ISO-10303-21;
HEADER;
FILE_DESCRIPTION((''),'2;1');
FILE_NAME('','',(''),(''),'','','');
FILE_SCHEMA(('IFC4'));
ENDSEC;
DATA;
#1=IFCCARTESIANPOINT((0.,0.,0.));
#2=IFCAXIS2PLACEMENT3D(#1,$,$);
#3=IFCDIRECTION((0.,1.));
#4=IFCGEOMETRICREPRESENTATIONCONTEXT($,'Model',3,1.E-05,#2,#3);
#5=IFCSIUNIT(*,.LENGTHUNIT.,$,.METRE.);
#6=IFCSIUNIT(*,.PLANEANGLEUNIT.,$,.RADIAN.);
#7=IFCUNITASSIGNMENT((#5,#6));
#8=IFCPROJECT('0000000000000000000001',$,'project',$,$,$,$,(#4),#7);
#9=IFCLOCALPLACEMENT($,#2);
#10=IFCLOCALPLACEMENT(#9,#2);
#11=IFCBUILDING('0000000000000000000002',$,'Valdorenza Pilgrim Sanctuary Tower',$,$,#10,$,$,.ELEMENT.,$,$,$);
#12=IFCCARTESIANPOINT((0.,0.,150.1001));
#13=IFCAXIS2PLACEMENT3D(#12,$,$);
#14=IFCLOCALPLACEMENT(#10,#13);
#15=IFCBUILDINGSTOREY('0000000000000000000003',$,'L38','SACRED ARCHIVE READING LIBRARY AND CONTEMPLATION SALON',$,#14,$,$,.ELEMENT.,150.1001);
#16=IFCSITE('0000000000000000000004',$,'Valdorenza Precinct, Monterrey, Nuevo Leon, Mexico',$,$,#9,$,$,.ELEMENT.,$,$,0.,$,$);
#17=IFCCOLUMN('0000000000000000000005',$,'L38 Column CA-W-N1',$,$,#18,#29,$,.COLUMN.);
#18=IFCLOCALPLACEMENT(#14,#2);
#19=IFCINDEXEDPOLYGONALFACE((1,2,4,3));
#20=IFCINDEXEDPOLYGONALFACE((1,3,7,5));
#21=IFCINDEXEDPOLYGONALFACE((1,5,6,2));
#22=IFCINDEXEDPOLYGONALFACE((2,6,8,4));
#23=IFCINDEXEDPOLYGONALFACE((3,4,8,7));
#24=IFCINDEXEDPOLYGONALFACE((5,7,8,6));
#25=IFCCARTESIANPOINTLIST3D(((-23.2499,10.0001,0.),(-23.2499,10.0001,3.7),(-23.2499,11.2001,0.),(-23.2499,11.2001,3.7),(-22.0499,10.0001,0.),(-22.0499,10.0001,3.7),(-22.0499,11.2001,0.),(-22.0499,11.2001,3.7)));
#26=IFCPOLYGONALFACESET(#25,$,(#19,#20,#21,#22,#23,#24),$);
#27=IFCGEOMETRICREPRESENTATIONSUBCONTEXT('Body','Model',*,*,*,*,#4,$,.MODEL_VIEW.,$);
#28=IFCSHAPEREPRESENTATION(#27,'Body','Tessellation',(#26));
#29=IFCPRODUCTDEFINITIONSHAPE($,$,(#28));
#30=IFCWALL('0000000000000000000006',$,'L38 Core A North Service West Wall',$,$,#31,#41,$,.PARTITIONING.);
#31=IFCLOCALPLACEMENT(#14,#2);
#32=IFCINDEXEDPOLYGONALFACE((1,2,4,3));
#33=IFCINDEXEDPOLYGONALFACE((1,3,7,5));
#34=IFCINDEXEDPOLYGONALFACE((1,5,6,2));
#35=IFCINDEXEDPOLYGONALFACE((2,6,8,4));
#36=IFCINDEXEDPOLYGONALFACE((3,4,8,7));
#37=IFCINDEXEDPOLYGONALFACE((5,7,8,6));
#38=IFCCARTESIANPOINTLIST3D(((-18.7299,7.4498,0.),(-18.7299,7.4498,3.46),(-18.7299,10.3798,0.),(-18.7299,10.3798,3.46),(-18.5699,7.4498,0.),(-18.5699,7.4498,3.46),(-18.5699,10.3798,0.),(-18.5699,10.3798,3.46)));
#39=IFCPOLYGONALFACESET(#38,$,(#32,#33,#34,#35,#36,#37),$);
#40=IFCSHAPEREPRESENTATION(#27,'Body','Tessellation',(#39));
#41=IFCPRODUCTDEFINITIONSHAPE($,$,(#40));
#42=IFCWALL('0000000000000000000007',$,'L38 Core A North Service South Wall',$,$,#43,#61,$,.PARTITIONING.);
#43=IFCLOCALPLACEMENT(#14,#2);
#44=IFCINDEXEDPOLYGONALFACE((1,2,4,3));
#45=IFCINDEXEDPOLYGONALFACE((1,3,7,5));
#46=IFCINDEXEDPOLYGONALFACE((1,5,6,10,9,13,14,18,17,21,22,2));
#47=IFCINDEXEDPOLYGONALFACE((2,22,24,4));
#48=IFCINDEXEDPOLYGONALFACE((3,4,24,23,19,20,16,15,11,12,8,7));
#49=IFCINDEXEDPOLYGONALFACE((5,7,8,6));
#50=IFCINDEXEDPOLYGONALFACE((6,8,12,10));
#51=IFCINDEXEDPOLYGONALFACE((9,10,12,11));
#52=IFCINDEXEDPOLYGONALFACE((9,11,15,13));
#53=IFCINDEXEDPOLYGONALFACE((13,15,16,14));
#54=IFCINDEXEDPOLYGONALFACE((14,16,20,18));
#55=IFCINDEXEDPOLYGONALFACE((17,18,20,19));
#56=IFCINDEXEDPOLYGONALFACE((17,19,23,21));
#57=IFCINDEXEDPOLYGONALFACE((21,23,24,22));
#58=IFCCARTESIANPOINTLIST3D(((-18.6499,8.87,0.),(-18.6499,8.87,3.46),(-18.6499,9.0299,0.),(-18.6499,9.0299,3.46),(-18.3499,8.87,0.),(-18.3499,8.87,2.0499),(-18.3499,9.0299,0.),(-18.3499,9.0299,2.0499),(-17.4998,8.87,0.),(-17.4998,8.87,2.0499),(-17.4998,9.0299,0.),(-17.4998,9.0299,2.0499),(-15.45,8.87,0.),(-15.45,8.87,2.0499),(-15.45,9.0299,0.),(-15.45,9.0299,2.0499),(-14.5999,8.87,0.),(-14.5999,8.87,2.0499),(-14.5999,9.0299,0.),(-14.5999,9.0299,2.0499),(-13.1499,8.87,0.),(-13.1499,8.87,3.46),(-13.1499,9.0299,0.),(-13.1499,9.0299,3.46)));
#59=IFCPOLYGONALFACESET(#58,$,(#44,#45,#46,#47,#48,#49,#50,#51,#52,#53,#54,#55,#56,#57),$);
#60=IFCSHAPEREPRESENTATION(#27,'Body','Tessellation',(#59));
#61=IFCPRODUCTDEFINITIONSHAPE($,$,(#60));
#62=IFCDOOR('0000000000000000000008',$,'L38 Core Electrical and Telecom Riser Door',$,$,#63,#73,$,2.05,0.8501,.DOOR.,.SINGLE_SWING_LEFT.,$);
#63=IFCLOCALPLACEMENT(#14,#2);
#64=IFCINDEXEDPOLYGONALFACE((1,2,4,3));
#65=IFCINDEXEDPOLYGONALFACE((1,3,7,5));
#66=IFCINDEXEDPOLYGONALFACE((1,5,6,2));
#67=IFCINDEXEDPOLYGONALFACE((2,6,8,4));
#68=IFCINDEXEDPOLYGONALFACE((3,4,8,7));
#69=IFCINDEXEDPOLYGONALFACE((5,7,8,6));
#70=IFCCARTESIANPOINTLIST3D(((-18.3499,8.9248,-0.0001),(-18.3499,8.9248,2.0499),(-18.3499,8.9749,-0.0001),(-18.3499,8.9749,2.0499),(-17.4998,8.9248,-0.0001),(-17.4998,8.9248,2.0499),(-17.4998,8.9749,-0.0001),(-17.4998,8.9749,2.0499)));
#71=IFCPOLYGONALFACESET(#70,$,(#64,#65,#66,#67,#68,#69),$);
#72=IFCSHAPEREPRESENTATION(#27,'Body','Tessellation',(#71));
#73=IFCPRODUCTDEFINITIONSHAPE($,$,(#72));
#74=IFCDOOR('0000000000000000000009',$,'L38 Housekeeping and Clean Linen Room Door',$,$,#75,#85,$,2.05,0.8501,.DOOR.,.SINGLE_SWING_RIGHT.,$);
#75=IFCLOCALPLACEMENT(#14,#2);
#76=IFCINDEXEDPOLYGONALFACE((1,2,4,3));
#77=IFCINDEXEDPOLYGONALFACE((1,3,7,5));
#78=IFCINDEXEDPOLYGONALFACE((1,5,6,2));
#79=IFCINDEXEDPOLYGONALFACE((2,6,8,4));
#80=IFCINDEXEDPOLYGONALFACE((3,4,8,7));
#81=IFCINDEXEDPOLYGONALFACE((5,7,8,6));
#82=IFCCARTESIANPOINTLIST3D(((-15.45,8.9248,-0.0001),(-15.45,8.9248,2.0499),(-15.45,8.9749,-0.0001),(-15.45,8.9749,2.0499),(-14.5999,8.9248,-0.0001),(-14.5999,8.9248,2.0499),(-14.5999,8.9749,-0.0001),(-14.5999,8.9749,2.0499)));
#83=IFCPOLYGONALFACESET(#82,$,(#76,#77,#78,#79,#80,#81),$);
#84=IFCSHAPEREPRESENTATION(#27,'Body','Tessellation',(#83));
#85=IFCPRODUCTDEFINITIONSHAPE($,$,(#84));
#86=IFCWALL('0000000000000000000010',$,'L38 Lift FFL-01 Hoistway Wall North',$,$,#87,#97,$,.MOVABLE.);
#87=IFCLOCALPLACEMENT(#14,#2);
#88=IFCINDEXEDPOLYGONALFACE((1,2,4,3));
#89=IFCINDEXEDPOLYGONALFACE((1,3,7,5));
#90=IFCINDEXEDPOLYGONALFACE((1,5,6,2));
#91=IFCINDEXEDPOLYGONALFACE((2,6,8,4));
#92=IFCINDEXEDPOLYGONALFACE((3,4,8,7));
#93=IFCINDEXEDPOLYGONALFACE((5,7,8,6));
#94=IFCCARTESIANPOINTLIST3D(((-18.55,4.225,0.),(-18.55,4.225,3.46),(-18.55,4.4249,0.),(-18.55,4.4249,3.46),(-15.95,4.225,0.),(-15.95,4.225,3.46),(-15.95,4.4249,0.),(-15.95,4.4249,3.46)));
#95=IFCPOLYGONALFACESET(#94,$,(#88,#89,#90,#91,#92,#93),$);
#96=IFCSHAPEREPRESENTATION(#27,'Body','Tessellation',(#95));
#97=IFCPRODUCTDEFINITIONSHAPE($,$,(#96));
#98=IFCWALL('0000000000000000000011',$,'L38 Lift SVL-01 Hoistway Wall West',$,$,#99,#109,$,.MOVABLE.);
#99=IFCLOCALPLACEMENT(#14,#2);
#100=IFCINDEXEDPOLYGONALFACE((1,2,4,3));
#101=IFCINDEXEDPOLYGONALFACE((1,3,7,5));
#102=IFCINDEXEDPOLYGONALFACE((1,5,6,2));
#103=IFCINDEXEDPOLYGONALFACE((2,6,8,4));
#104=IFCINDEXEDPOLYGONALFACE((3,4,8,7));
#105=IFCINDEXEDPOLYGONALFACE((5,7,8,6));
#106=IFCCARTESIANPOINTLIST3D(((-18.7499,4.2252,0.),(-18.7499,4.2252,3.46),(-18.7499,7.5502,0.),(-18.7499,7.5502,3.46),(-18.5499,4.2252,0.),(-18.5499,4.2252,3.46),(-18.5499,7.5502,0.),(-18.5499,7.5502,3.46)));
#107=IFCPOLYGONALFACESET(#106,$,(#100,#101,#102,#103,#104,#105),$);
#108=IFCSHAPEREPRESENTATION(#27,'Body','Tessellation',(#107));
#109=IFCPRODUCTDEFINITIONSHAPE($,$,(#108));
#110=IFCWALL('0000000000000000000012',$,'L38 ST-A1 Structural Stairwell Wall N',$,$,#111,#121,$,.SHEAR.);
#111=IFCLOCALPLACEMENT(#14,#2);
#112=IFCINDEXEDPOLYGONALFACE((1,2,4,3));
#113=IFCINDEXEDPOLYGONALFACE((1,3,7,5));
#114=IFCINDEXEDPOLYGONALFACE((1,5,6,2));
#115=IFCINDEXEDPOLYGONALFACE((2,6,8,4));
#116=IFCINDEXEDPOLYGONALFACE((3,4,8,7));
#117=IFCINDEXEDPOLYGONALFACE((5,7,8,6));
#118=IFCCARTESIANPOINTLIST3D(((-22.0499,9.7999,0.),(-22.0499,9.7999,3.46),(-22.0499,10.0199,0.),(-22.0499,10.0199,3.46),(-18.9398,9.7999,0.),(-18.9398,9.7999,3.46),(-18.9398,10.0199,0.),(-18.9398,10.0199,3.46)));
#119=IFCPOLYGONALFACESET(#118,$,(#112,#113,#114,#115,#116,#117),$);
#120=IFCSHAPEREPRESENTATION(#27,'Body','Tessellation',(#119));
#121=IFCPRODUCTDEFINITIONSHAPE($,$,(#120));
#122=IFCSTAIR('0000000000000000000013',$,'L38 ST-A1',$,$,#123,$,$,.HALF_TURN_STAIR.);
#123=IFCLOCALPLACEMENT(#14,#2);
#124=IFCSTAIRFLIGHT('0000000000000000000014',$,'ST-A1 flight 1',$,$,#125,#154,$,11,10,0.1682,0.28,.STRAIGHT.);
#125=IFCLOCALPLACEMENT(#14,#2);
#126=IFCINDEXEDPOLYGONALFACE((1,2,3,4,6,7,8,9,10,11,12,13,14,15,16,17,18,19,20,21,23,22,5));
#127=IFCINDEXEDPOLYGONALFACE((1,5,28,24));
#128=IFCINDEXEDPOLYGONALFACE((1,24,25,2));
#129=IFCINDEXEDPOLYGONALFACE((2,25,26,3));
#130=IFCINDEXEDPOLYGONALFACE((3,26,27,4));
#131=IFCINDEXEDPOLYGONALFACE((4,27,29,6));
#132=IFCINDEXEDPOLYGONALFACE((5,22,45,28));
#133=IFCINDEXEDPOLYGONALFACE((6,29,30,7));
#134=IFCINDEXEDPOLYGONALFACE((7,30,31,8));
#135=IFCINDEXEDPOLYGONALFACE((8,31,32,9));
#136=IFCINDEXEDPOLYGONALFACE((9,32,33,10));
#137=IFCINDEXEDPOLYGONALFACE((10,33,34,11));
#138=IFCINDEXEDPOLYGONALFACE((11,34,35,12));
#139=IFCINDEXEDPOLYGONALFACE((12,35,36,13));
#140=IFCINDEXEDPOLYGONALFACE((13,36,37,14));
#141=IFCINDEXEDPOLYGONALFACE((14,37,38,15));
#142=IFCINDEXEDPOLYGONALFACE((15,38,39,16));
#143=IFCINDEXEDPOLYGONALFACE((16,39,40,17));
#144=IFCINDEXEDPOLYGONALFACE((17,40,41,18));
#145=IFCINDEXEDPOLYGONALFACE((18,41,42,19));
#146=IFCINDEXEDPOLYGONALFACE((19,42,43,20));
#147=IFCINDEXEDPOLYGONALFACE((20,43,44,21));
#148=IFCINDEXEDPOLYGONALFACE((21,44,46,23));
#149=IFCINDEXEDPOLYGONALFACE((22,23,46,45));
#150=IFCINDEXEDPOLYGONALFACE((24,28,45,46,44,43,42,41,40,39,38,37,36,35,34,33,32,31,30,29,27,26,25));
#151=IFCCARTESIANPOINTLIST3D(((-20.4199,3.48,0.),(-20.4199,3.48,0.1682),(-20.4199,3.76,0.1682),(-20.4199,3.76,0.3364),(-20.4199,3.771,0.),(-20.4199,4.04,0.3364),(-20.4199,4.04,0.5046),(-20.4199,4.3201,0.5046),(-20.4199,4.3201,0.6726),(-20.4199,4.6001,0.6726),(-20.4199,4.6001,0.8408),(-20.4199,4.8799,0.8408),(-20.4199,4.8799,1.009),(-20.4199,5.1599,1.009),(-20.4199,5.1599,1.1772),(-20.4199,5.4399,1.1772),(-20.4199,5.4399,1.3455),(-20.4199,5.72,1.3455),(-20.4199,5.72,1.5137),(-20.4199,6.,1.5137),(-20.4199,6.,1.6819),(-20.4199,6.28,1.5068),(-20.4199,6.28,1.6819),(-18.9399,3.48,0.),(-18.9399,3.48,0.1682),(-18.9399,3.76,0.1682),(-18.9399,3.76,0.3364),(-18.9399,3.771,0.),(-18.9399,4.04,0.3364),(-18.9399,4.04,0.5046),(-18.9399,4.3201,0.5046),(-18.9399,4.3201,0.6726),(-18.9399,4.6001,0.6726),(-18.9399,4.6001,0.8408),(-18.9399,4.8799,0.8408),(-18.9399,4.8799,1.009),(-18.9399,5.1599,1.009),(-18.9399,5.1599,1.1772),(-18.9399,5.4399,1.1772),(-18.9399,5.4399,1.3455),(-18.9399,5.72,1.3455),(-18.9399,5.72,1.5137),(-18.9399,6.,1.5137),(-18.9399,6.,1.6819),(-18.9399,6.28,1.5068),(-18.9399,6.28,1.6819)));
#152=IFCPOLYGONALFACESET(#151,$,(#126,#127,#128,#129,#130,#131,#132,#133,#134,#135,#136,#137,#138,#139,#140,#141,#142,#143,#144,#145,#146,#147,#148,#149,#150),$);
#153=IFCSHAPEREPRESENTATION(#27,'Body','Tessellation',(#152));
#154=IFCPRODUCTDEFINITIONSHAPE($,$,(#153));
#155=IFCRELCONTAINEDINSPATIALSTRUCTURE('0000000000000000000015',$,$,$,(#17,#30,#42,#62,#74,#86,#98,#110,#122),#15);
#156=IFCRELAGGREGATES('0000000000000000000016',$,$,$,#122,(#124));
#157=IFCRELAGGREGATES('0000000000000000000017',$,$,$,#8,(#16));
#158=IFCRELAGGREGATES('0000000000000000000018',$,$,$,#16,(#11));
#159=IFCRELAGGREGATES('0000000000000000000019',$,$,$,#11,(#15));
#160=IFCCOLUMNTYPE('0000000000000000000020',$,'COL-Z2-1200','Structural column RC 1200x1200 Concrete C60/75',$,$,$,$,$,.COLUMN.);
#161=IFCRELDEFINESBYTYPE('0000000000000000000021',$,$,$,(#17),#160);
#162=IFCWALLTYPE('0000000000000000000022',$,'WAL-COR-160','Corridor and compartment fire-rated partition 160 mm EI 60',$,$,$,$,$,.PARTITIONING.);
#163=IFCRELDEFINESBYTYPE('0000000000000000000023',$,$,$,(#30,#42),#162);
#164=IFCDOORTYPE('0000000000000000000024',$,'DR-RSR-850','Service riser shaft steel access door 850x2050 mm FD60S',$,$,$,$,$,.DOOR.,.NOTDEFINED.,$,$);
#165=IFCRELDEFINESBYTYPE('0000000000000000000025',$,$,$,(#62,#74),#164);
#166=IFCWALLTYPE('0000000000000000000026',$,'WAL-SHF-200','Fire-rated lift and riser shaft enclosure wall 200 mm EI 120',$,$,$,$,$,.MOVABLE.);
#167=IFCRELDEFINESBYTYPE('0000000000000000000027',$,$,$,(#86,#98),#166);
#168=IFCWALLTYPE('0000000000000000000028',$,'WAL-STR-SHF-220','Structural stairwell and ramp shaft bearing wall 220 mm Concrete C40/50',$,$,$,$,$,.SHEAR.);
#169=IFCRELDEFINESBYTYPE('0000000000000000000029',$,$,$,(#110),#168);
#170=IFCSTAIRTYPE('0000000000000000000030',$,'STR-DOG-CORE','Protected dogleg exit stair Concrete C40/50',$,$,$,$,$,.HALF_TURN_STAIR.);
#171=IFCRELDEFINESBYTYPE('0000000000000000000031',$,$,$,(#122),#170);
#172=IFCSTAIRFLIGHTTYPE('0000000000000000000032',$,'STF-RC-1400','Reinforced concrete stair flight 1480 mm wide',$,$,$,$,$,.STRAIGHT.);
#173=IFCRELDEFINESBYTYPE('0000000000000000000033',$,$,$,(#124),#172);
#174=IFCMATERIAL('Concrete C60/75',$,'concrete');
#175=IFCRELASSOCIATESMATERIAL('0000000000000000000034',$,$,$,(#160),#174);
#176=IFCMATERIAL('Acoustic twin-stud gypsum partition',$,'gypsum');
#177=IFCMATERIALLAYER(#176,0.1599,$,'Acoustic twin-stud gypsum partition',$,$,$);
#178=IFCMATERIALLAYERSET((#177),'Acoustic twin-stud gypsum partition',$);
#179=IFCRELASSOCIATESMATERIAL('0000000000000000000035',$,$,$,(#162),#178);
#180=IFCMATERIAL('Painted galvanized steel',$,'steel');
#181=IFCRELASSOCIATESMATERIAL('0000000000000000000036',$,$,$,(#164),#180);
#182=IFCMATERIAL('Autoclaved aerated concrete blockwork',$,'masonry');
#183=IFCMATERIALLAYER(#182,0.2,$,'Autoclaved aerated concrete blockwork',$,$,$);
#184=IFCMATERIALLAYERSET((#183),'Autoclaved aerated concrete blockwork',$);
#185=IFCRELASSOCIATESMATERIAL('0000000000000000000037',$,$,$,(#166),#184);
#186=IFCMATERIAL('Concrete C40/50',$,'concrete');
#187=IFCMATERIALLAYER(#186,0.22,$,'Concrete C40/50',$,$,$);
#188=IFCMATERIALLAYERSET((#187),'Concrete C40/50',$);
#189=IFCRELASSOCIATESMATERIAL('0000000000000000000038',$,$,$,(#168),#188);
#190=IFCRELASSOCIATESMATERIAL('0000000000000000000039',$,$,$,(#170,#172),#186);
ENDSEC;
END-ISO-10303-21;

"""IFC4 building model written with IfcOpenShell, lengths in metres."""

from ifc_helpers import new_model, si_unit, direction, frame, frame_2d, origin, origin_2d, place, context, subcontext, project, spatial, polyline, rectangle, outline, extrude, source, transform, mapped, material, layer, layer_set, material_profile, profile_set, type_object, element, fill, aggregate, save


model = new_model("IFC4")

# Units and contexts
model_context = context("Model", 3, precision=1e-05, world=origin(), true_north=direction((0.0, 1.0)))
body_context = subcontext(model_context, "Body", "Model", "MODEL_VIEW")
ifc_project = project(units=[si_unit("LENGTHUNIT", "METRE"), si_unit("PLANEANGLEUNIT", "RADIAN")], contexts=[model_context])

# Site, building, storey
site_placement = place(None, origin())
site = spatial("IfcSite", under=ifc_project, at=site_placement, Name="Valdorenza Precinct, Monterrey, Nuevo Leon, Mexico", CompositionType="ELEMENT", RefElevation=0.0)
building_placement = place(site_placement, origin())
building = spatial("IfcBuilding", under=site, at=building_placement, Name="Valdorenza Pilgrim Sanctuary Tower", CompositionType="ELEMENT")
storey_placement = place(building_placement, frame((0.0, 0.0, 150.1001)))
storey = spatial("IfcBuildingStorey", under=building, at=storey_placement, Name="L38", Description="SACRED ARCHIVE READING LIBRARY AND CONTEMPLATION SALON", CompositionType="ELEMENT", Elevation=150.1001)

# Column
ifc_material_1 = material(Name="Concrete C60/75", Category="concrete")
ifc_material_profile = material_profile(ifc_material_1, rectangle(XDim=1.2, YDim=1.2, at=origin_2d()), Name="RC 1200x1200")
ifc_profile_set = profile_set([ifc_material_profile], Name="Concrete C60/75")
column_type = type_object("IfcColumnType", Name="COL-Z2-1200", Description="Structural column RC 1200x1200 Concrete C60/75", PredefinedType="COLUMN", material=ifc_profile_set)
shared_shape = source(origin(), body_context, "Body", "SweptSolid", [
    extrude(rectangle(XDim=1.2, YDim=1.2, at=origin_2d()), origin(), (0.0, 0.0, 1.0), 3.7),
])
column_placement = place(storey_placement, frame((-22.6499, 10.6001, 0.0), z_axis=(0.0, 0.0, 1.0), x_axis=(1.0, 0.0, 0.0)))
element("IfcColumn", 1, at=column_placement, inside=storey, type_object=column_type, Name="L38 Column CA-W-N1", PredefinedType="COLUMN", context=body_context, shape_type="MappedRepresentation", body=[
    mapped(shared_shape, transform((0.0, 0.0, 0.0), x_axis=(1.0, 0.0, 0.0), y_axis=(0.0, 1.0, 0.0), z_axis=(0.0, 0.0, 1.0), scale=1.0)),
])

# Wall
ifc_material_2 = material(Name="Acoustic twin-stud gypsum partition", Category="gypsum")
ifc_layer_1 = layer(ifc_material_2, 0.1599, Name="Acoustic twin-stud gypsum partition")
ifc_layer_set_1 = layer_set([ifc_layer_1], Name="Acoustic twin-stud gypsum partition")
wall_type_1 = type_object("IfcWallType", Name="WAL-COR-160", Description="Corridor and compartment fire-rated partition 160 mm EI 60", PredefinedType="PARTITIONING", material=ifc_layer_set_1)
wall_1_placement = place(storey_placement, frame((-18.6499, 7.45, 0.0), z_axis=(0.0, 0.0, 1.0), x_axis=(0.0, 1.0, 0.0)))
element("IfcWall", 2, at=wall_1_placement, inside=storey, type_object=wall_type_1, Name="L38 Core A North Service West Wall", PredefinedType="PARTITIONING", context=body_context, shape_type="SweptSolid", body=[
    extrude(rectangle(XDim=2.9299, YDim=0.1599, at=frame_2d((1.4648, 0.0))), origin(), (0.0, 0.0, 1.0), 3.46),
])

# Wall, openings, doors
wall_2_placement = place(storey_placement, frame((-18.6499, 8.95, 0.0), z_axis=(0.0, 0.0, 1.0), x_axis=(1.0, 0.0, 0.0)))
wall_2 = element("IfcWall", 3, at=wall_2_placement, inside=storey, type_object=wall_type_1, Name="L38 Core A North Service South Wall", PredefinedType="PARTITIONING", context=body_context, shape_type="SweptSolid", body=[
    extrude(rectangle(XDim=5.5, YDim=0.1599, at=frame_2d((2.75, 0.0))), origin(), (0.0, 0.0, 1.0), 3.46),
])
opening_1_placement = place(wall_2_placement, frame((0.3, 0.0, 0.0)))
opening_1 = element("IfcOpeningElement", 4, at=opening_1_placement, cuts=wall_2, PredefinedType="OPENING", context=body_context, shape_type="SweptSolid", body=[
    extrude(rectangle(XDim=0.8501, YDim=2.05, at=frame_2d((0.425, 1.0249))), frame((0.0, 0.0947, 0.0), z_axis=(0.0, -1.0, 0.0), x_axis=(1.0, 0.0, 0.0)), (0.0, 0.0, 1.0), 0.1897),
])
opening_2_placement = place(wall_2_placement, frame((3.2, 0.0, 0.0)))
opening_2 = element("IfcOpeningElement", 5, at=opening_2_placement, cuts=wall_2, PredefinedType="OPENING", context=body_context, shape_type="SweptSolid", body=[
    extrude(rectangle(XDim=0.8501, YDim=2.05, at=frame_2d((0.425, 1.0249))), frame((0.0, 0.0947, 0.0), z_axis=(0.0, -1.0, 0.0), x_axis=(1.0, 0.0, 0.0)), (0.0, 0.0, 1.0), 0.1897),
])
ifc_material_3 = material(Name="Painted galvanized steel", Category="steel")
door_type_1 = type_object("IfcDoorType", Name="DR-RSR-850", Description="Service riser shaft steel access door 850x2050 mm FD60S", OperationType="NOTDEFINED", PredefinedType="DOOR", material=ifc_material_3)
door_1_placement = place(opening_1_placement, origin())
door_1 = element("IfcDoor", 6, at=door_1_placement, inside=storey, type_object=door_type_1, Name="L38 Core Electrical and Telecom Riser Door", OperationType="SINGLE_SWING_LEFT", OverallHeight=2.05, OverallWidth=0.8501, PredefinedType="DOOR", context=body_context, shape_type="SweptSolid", body=[
    extrude(rectangle(XDim=0.8501, YDim=2.05, at=frame_2d((0.425, 1.0249))), frame((0.0, 0.0249, 0.0), z_axis=(0.0, -1.0, 0.0), x_axis=(1.0, 0.0, 0.0)), (0.0, 0.0, 1.0), 0.05),
])
fill(opening_1, door_1)
door_2_placement = place(opening_2_placement, origin())
door_2 = element("IfcDoor", 7, at=door_2_placement, inside=storey, type_object=door_type_1, Name="L38 Housekeeping and Clean Linen Room Door", OperationType="SINGLE_SWING_RIGHT", OverallHeight=2.05, OverallWidth=0.8501, PredefinedType="DOOR", context=body_context, shape_type="SweptSolid", body=[
    extrude(rectangle(XDim=0.8501, YDim=2.05, at=frame_2d((0.425, 1.0249))), frame((0.0, 0.0249, 0.0), z_axis=(0.0, -1.0, 0.0), x_axis=(1.0, 0.0, 0.0)), (0.0, 0.0, 1.0), 0.05),
])
fill(opening_2, door_2)

# Walls
ifc_material_4 = material(Name="Autoclaved aerated concrete blockwork", Category="masonry")
ifc_layer_2 = layer(ifc_material_4, 0.2, Name="Autoclaved aerated concrete blockwork")
ifc_layer_set_2 = layer_set([ifc_layer_2], Name="Autoclaved aerated concrete blockwork")
wall_type_2 = type_object("IfcWallType", Name="WAL-SHF-200", Description="Fire-rated lift and riser shaft enclosure wall 200 mm EI 120", PredefinedType="MOVABLE", material=ifc_layer_set_2)
wall_3_placement = place(storey_placement, frame((-18.55, 4.325, 0.0), z_axis=(0.0, 0.0, 1.0), x_axis=(1.0, 0.0, 0.0)))
element("IfcWall", 8, at=wall_3_placement, inside=storey, type_object=wall_type_2, Name="L38 Lift FFL-01 Hoistway Wall North", PredefinedType="MOVABLE", context=body_context, shape_type="SweptSolid", body=[
    extrude(rectangle(XDim=2.6001, YDim=0.2, at=frame_2d((1.3, 0.0))), origin(), (0.0, 0.0, 1.0), 3.46),
])
wall_4_placement = place(storey_placement, frame((-18.6499, 4.2251, 0.0), z_axis=(0.0, 0.0, 1.0), x_axis=(0.0, 1.0, 0.0)))
element("IfcWall", 9, at=wall_4_placement, inside=storey, type_object=wall_type_2, Name="L38 Lift SVL-01 Hoistway Wall West", PredefinedType="MOVABLE", context=body_context, shape_type="SweptSolid", body=[
    extrude(rectangle(XDim=3.325, YDim=0.2, at=frame_2d((1.6626, 0.0))), origin(), (0.0, 0.0, 1.0), 3.46),
])

# Shared definitions
ifc_material_5 = material(Name="Concrete C40/50", Category="concrete")
ifc_layer_3 = layer(ifc_material_5, 0.22, Name="Concrete C40/50")
ifc_layer_set_3 = layer_set([ifc_layer_3], Name="Concrete C40/50")
wall_type_3 = type_object("IfcWallType", Name="WAL-STR-SHF-220", Description="Structural stairwell and ramp shaft bearing wall 220 mm Concrete C40/50", PredefinedType="SHEAR", material=ifc_layer_set_3)

# Wall
wall_5_placement = place(storey_placement, frame((-22.05, 9.9099, 0.0), z_axis=(0.0, 0.0, 1.0), x_axis=(1.0, 0.0, 0.0)))
element("IfcWall", 10, at=wall_5_placement, inside=storey, type_object=wall_type_3, Name="L38 ST-A1 Structural Stairwell Wall N", PredefinedType="SHEAR", context=body_context, shape_type="SweptSolid", body=[
    extrude(rectangle(XDim=3.1101, YDim=0.22, at=frame_2d((1.5552, 0.0))), origin(), (0.0, 0.0, 1.0), 3.46),
])

# Stair, stair flight
stair_type = type_object("IfcStairType", Name="STR-DOG-CORE", Description="Protected dogleg exit stair Concrete C40/50", PredefinedType="HALF_TURN_STAIR", material=ifc_material_5)
stair_placement = place(storey_placement, origin())
stair = element("IfcStair", 11, at=stair_placement, inside=storey, type_object=stair_type, Name="L38 ST-A1", PredefinedType="HALF_TURN_STAIR")
stair_flight_type = type_object("IfcStairFlightType", Name="STF-RC-1400", Description="Reinforced concrete stair flight 1480 mm wide", PredefinedType="STRAIGHT", material=ifc_material_5)
stair_flight_1_placement = place(storey_placement, frame((-19.6799, 3.48, 0.0), z_axis=(0.0, 0.0, 1.0), x_axis=(0.0, 1.0, 0.0)))
stair_flight_1 = element("IfcStairFlight", 12, at=stair_flight_1_placement, type_object=stair_flight_type, Name="ST-A1 flight 1", NumberOfRisers=11, NumberOfTreads=10, PredefinedType="STRAIGHT", RiserHeight=0.1682, TreadLength=0.28, context=body_context, shape_type="SweptSolid", body=[
    extrude(outline(polyline([(0.0, 0.0), (0.0, 0.1682), (0.28, 0.1682), (0.28, 0.3364), (0.5601, 0.3364), (0.5601, 0.5046), (0.8401, 0.5046), (0.8401, 0.6726), (1.1201, 0.6726), (1.1201, 0.8408), (1.3999, 0.8408), (1.3999, 1.009), (1.6799, 1.009), (1.6799, 1.1772), (1.96, 1.1772), (1.96, 1.3455), (2.24, 1.3455), (2.24, 1.5137), (2.52, 1.5137), (2.52, 1.6819), (2.8, 1.6819), (2.8, 1.8501), (2.8, 1.5068), (0.291, 0.0), (0.0, 0.0)])), frame((0.0, 0.74, 0.0), z_axis=(0.0, -1.0, 0.0), x_axis=(1.0, 0.0, 0.0)), (0.0, 0.0, 1.0), 1.48),
])
aggregate(stair, [stair_flight_1])

save(model, "model.ifc")
